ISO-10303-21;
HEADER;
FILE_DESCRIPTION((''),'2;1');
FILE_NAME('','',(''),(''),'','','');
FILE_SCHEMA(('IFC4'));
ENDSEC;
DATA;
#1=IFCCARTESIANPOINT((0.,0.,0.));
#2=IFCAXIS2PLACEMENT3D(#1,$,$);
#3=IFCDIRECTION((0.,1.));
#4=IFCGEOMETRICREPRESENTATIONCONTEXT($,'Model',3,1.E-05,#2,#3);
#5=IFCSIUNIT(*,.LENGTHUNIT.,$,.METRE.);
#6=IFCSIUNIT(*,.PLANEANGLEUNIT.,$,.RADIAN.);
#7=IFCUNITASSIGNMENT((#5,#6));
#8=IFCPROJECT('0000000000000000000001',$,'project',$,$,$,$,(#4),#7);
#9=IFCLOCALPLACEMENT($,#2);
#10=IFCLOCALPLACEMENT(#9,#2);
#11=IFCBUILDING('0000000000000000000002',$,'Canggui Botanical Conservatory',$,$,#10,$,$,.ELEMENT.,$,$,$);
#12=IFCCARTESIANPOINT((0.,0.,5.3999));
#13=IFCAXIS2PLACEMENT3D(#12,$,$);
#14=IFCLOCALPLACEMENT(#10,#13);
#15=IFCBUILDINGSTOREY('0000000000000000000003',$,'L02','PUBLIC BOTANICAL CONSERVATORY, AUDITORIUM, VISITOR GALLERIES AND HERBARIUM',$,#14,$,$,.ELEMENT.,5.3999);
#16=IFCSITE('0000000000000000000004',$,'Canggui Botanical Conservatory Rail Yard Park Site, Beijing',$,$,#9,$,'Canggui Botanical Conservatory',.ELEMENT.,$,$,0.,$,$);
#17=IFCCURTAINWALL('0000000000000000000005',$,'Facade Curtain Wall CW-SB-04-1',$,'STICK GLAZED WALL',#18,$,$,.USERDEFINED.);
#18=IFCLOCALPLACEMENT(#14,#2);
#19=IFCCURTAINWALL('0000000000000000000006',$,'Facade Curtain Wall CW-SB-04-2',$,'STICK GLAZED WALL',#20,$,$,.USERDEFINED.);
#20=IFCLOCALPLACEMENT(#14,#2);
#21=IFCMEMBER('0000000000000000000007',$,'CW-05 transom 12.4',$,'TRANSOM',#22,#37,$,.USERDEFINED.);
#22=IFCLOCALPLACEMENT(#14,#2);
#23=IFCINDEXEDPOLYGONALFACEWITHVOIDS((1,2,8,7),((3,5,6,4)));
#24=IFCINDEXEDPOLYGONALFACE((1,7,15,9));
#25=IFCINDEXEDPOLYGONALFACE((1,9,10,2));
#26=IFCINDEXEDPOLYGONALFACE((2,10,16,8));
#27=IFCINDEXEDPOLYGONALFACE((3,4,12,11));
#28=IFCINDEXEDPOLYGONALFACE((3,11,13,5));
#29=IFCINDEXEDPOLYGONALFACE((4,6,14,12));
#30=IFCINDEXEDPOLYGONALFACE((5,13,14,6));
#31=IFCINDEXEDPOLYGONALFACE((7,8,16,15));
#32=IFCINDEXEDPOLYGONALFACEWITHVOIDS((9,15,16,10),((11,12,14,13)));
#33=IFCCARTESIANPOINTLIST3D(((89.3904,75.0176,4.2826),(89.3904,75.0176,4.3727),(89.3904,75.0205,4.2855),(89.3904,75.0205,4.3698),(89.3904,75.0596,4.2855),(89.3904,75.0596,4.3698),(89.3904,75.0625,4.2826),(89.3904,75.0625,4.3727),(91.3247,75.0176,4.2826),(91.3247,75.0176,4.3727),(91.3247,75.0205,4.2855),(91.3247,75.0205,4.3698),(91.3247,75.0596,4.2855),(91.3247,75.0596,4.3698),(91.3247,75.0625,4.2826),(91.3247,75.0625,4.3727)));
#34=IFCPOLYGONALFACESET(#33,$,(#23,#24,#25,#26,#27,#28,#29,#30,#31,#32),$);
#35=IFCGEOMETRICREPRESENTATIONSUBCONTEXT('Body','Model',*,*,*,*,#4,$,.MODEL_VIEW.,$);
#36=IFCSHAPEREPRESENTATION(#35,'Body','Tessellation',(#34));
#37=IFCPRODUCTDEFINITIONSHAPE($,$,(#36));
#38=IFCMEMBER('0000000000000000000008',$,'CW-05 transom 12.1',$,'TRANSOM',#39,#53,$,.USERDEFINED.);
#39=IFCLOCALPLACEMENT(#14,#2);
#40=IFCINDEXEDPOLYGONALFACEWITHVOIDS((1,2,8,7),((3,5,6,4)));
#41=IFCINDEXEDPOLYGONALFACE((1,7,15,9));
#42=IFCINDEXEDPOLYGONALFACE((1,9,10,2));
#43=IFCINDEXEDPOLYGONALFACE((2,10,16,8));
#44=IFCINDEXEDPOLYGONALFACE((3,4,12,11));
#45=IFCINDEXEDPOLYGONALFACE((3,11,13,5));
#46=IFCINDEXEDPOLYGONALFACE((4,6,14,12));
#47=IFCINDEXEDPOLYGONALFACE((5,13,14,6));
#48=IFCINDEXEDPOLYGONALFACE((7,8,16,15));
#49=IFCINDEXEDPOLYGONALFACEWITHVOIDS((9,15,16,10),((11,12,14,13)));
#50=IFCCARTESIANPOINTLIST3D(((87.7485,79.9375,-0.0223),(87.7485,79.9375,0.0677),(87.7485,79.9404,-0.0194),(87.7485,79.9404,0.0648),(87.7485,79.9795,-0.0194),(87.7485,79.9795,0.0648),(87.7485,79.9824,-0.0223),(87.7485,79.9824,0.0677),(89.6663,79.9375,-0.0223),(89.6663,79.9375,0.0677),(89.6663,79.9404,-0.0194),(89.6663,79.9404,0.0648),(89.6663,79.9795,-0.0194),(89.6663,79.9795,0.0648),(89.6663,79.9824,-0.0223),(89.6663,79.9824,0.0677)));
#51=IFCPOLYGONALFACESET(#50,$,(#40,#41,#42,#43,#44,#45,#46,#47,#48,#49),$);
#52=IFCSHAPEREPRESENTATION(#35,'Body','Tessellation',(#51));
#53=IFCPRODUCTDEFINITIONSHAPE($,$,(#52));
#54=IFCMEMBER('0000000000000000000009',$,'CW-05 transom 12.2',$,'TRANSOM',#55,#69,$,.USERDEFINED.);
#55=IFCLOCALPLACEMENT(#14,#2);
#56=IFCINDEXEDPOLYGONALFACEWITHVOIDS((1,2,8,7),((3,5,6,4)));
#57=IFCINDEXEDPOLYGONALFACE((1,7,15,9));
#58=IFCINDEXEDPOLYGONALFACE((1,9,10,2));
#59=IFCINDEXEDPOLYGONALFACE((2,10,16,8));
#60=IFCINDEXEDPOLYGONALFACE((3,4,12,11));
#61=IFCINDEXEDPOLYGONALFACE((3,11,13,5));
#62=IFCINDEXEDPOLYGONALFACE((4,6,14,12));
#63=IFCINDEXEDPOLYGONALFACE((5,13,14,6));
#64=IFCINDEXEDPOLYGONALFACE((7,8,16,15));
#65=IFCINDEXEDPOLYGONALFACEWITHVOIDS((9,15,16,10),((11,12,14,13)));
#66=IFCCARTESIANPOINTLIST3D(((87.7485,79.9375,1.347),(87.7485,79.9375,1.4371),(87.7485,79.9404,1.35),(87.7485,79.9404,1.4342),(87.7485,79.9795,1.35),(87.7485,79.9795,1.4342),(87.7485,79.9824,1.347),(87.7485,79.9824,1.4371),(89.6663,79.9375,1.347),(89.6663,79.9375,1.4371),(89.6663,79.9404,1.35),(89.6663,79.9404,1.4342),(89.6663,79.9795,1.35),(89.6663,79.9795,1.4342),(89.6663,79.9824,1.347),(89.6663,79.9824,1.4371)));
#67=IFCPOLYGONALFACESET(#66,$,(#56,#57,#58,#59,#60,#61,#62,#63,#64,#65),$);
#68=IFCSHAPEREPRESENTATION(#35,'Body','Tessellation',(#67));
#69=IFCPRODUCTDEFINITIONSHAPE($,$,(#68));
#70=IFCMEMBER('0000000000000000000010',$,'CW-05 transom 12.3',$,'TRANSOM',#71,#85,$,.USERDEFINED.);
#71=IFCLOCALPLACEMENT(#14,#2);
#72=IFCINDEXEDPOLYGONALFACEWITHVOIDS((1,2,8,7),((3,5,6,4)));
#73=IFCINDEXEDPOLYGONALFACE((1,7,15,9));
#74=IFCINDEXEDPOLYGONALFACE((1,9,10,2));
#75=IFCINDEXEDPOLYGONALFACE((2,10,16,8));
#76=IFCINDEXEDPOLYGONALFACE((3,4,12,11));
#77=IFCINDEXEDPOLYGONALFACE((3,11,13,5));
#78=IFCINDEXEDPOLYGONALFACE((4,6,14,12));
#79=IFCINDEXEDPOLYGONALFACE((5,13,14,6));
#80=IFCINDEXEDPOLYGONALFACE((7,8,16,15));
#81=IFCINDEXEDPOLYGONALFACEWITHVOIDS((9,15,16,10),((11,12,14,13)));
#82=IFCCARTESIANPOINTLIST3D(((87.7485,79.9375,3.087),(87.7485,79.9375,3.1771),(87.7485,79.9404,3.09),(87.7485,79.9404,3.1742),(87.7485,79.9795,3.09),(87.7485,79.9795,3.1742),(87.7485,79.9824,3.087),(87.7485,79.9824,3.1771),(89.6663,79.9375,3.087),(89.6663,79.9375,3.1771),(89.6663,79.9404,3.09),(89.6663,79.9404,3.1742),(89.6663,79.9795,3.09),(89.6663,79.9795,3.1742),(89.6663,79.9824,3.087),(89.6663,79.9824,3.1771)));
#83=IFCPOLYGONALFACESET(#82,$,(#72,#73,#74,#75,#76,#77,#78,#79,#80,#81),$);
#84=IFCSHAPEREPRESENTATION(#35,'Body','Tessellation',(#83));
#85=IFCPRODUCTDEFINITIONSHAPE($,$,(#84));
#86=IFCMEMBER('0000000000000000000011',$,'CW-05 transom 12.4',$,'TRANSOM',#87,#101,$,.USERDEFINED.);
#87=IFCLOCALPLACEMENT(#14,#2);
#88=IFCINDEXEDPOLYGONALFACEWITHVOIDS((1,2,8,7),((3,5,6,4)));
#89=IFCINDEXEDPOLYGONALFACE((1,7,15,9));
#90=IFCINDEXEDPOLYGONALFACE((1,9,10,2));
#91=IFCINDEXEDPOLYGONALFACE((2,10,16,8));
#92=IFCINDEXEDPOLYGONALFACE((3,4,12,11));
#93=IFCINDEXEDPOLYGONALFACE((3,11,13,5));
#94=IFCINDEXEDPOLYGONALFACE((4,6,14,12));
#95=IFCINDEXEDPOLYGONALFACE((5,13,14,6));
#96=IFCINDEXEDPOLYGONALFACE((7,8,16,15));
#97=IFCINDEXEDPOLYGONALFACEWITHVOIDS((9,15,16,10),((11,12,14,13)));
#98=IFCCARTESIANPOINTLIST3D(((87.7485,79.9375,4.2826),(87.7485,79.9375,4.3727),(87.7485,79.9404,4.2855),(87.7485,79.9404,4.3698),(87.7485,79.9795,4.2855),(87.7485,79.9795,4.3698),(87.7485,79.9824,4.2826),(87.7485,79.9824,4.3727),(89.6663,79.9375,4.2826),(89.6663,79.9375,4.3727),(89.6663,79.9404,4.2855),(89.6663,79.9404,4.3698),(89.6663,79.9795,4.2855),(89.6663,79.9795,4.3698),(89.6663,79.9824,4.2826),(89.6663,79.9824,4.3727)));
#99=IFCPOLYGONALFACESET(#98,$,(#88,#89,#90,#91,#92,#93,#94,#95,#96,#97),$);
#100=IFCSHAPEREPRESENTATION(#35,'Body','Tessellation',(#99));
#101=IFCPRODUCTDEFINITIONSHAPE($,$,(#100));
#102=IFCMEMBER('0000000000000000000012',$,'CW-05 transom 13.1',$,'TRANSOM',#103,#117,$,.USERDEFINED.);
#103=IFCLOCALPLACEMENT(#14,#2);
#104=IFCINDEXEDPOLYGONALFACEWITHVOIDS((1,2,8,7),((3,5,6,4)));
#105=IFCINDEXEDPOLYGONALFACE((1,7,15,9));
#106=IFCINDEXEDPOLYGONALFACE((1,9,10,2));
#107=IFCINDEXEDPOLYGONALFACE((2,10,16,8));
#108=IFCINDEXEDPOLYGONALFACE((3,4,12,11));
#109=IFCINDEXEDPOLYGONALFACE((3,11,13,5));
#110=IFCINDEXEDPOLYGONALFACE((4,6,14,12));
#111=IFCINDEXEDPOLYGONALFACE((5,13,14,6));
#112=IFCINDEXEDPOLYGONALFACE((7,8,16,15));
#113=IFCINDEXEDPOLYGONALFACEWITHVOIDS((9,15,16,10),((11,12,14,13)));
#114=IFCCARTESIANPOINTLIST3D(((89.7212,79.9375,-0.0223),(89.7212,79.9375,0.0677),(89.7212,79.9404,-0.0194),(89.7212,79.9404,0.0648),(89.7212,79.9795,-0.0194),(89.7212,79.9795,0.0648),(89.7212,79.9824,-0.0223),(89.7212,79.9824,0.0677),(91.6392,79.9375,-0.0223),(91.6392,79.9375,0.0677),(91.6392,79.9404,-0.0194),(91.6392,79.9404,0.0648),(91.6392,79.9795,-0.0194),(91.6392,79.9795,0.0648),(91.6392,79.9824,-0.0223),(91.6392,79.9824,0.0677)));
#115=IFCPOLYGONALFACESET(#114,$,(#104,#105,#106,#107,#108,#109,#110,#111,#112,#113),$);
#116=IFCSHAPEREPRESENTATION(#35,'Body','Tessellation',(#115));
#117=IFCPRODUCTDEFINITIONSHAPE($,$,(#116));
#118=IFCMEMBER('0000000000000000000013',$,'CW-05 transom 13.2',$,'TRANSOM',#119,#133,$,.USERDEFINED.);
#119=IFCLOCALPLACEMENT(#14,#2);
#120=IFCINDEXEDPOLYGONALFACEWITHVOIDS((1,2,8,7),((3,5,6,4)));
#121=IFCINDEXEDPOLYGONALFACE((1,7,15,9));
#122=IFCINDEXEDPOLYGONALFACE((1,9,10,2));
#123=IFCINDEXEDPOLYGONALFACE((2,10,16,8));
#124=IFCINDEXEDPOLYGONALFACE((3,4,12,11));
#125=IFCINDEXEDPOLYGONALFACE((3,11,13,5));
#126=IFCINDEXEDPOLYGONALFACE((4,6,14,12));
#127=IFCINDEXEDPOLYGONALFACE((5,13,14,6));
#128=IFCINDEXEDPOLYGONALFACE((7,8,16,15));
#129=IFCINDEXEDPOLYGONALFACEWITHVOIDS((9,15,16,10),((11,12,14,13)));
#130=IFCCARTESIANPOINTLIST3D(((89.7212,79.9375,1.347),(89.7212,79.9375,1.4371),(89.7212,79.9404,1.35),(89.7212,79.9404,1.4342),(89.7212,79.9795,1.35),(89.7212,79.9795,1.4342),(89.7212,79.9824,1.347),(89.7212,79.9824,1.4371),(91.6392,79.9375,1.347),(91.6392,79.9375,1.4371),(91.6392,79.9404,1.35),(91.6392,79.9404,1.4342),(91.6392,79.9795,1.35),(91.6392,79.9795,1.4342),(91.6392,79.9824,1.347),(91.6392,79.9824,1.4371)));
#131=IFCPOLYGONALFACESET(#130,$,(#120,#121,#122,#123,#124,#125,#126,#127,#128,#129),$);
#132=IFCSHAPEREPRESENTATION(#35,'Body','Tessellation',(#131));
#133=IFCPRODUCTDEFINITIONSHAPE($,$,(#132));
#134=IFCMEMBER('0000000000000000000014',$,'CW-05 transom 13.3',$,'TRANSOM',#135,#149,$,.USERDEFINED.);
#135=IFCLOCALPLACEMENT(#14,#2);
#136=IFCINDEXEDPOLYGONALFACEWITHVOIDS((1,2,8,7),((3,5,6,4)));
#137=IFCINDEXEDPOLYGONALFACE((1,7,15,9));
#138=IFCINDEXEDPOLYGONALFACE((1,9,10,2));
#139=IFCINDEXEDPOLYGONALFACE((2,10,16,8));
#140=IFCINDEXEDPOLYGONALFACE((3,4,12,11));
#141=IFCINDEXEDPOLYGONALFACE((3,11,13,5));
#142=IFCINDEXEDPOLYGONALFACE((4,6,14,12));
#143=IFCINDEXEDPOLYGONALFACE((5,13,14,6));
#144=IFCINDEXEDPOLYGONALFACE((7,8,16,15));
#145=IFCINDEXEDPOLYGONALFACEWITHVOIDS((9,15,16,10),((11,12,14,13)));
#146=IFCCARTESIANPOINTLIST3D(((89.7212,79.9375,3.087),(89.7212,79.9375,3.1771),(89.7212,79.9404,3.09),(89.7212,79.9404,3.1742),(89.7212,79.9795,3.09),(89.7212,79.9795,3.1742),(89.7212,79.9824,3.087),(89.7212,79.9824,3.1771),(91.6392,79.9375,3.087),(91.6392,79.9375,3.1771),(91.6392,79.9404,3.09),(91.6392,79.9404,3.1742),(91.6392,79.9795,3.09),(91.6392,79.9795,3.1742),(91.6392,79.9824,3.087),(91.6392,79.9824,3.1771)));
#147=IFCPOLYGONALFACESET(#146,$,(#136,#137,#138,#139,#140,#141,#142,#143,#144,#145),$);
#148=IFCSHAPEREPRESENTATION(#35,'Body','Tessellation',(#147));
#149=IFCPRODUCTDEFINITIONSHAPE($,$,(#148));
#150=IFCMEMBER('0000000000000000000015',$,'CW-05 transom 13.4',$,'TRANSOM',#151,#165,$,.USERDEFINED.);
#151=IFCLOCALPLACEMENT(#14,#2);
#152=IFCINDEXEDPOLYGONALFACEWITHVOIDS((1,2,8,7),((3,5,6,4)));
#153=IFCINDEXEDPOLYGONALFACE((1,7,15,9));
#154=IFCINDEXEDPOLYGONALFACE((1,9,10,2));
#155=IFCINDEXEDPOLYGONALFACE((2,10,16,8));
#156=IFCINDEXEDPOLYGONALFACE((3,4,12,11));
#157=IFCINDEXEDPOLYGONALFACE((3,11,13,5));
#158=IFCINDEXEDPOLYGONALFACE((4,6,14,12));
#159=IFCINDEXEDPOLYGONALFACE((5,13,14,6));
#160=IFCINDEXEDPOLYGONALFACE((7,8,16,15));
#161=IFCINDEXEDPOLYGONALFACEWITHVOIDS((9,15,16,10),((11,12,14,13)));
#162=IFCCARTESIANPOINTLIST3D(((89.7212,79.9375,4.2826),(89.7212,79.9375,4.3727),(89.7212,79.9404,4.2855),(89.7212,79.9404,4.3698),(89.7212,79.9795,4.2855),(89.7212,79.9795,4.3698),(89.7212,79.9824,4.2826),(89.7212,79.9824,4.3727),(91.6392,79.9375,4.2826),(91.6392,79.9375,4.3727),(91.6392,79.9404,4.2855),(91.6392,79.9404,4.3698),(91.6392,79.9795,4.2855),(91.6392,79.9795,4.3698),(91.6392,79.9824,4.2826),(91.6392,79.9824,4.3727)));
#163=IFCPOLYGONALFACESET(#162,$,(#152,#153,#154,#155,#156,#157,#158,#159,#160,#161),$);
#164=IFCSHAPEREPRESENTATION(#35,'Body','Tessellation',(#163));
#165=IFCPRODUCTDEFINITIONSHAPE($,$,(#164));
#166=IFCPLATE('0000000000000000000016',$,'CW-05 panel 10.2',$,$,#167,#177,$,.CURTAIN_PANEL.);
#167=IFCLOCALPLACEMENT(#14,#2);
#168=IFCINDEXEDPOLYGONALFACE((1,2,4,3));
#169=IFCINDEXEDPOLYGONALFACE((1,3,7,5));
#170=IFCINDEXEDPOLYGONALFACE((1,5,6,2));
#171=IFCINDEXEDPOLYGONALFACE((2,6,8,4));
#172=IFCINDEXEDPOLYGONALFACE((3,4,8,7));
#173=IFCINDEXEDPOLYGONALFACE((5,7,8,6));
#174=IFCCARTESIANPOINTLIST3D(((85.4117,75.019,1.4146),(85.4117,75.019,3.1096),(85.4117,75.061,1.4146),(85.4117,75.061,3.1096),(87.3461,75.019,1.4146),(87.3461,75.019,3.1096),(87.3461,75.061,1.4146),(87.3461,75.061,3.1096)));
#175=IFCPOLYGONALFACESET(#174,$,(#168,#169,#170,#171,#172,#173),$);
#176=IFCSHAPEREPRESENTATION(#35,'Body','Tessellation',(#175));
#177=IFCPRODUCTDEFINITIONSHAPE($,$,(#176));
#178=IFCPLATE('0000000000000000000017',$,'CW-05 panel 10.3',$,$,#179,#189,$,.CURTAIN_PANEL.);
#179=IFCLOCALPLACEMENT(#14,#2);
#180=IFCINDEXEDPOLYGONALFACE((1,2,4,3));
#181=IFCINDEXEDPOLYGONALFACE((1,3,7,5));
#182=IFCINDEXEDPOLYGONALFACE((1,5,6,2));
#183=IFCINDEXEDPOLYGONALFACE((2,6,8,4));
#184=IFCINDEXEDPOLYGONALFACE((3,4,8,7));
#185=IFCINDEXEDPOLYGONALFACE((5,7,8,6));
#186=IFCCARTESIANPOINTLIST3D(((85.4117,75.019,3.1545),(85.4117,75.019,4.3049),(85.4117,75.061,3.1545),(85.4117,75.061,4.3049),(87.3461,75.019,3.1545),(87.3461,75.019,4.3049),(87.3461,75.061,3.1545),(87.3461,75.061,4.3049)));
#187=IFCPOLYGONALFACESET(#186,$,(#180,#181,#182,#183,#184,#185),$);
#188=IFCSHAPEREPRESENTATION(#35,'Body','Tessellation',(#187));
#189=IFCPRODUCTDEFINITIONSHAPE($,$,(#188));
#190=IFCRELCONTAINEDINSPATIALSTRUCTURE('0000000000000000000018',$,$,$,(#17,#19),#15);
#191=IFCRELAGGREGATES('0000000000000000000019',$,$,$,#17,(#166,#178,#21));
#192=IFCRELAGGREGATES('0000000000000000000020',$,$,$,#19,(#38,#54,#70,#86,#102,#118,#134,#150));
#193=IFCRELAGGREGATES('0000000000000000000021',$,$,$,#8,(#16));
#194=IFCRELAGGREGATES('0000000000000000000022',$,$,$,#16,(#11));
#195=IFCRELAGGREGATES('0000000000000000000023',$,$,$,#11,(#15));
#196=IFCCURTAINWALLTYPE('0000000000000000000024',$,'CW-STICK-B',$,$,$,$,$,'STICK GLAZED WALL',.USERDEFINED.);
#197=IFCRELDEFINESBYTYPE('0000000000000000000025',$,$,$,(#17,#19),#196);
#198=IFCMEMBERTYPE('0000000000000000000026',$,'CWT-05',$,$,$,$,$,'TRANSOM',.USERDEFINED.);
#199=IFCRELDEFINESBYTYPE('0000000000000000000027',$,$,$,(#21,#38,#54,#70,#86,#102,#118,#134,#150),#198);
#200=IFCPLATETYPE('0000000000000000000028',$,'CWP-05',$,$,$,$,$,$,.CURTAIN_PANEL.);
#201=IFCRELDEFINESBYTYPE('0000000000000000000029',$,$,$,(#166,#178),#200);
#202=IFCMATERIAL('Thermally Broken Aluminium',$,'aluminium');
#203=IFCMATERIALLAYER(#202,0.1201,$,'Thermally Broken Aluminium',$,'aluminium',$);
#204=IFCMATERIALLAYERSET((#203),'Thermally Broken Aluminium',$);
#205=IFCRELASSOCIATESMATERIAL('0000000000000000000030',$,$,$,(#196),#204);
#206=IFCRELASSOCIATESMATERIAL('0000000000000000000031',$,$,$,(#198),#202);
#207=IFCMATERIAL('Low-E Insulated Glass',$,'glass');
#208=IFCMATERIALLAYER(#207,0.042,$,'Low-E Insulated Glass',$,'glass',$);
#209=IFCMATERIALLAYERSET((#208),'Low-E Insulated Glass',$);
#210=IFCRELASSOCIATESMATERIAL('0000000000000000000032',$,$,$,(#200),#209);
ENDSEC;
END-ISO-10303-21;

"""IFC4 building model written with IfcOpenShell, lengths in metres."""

from ifc_helpers import new_model, si_unit, direction, frame, origin, origin_2d, place, context, subcontext, project, spatial, rectangle, hollow_rectangle, extrude, material, layer, layer_set, material_profile, profile_set, type_object, element, aggregate, save


model = new_model("IFC4")

# Units and contexts
model_context = context("Model", 3, precision=1e-05, world=origin(), true_north=direction((0.0, 1.0)))
body_context = subcontext(model_context, "Body", "Model", "MODEL_VIEW")
ifc_project = project(units=[si_unit("LENGTHUNIT", "METRE"), si_unit("PLANEANGLEUNIT", "RADIAN")], contexts=[model_context])

# Site, building, storey
site_placement = place(None, origin())
site = spatial("IfcSite", under=ifc_project, at=site_placement, Name="Canggui Botanical Conservatory Rail Yard Park Site, Beijing", LongName="Canggui Botanical Conservatory", CompositionType="ELEMENT", RefElevation=0.0)
building_placement = place(site_placement, origin())
building = spatial("IfcBuilding", under=site, at=building_placement, Name="Canggui Botanical Conservatory", CompositionType="ELEMENT")
storey_placement = place(building_placement, frame((0.0, 0.0, 5.3999)))
storey = spatial("IfcBuildingStorey", under=building, at=storey_placement, Name="L02", Description="PUBLIC BOTANICAL CONSERVATORY, AUDITORIUM, VISITOR GALLERIES AND HERBARIUM", CompositionType="ELEMENT", Elevation=5.3999)

# Curtain walls
ifc_material_1 = material(Name="Thermally Broken Aluminium", Category="aluminium")
ifc_layer_1 = layer(ifc_material_1, 0.1201, Name="Thermally Broken Aluminium", Category="aluminium")
ifc_layer_set_1 = layer_set([ifc_layer_1], Name="Thermally Broken Aluminium")
curtain_wall_type = type_object("IfcCurtainWallType", Name="CW-STICK-B", ElementType="STICK GLAZED WALL", PredefinedType="USERDEFINED", material=ifc_layer_set_1)
curtain_wall_1_placement = place(storey_placement, origin())
curtain_wall_1 = element("IfcCurtainWall", 1, at=curtain_wall_1_placement, inside=storey, type_object=curtain_wall_type, Name="Facade Curtain Wall CW-SB-04-1", ObjectType="STICK GLAZED WALL", PredefinedType="USERDEFINED")
curtain_wall_2_placement = place(storey_placement, origin())
curtain_wall_2 = element("IfcCurtainWall", 2, at=curtain_wall_2_placement, inside=storey, type_object=curtain_wall_type, Name="Facade Curtain Wall CW-SB-04-2", ObjectType="STICK GLAZED WALL", PredefinedType="USERDEFINED")

# Members
ifc_material_profile_1 = material_profile(ifc_material_1, hollow_rectangle(XDim=0.0449, YDim=0.0901, WallThickness=0.0029, at=origin_2d()), Name="CWT 45x90x3")
ifc_profile_set_1 = profile_set([ifc_material_profile_1], Name="Thermally Broken Aluminium")
member_type_1 = type_object("IfcMemberType", Name="CWT-05", ElementType="TRANSOM", PredefinedType="USERDEFINED", material=ifc_profile_set_1)
member_1_placement = place(storey_placement, frame((89.3904, 75.04, 4.3276), z_axis=(1.0, 0.0, 0.0), x_axis=(0.0, 1.0, 0.0)))
member_1 = element("IfcMember", 3, at=member_1_placement, type_object=member_type_1, Name="CW-05 transom 12.4", ObjectType="TRANSOM", PredefinedType="USERDEFINED", context=body_context, shape_type="SweptSolid", body=[
    extrude(hollow_rectangle(XDim=0.0449, YDim=0.0901, WallThickness=0.0029, at=origin_2d()), origin(), (0.0, 0.0, 1.0), 1.9343),
])
member_2_placement = place(storey_placement, frame((87.7485, 79.96, 0.0227), z_axis=(1.0, 0.0, 0.0), x_axis=(0.0, 1.0, 0.0)))
member_2 = element("IfcMember", 4, at=member_2_placement, type_object=member_type_1, Name="CW-05 transom 12.1", ObjectType="TRANSOM", PredefinedType="USERDEFINED", context=body_context, shape_type="SweptSolid", body=[
    extrude(hollow_rectangle(XDim=0.0449, YDim=0.0901, WallThickness=0.0029, at=origin_2d()), origin(), (0.0, 0.0, 1.0), 1.9177),
])
member_3_placement = place(storey_placement, frame((87.7485, 79.96, 1.3921), z_axis=(1.0, 0.0, 0.0), x_axis=(0.0, 1.0, 0.0)))
member_3 = element("IfcMember", 5, at=member_3_placement, type_object=member_type_1, Name="CW-05 transom 12.2", ObjectType="TRANSOM", PredefinedType="USERDEFINED", context=body_context, shape_type="SweptSolid", body=[
    extrude(hollow_rectangle(XDim=0.0449, YDim=0.0901, WallThickness=0.0029, at=origin_2d()), origin(), (0.0, 0.0, 1.0), 1.9177),
])
member_4_placement = place(storey_placement, frame((87.7485, 79.96, 3.1321), z_axis=(1.0, 0.0, 0.0), x_axis=(0.0, 1.0, 0.0)))
member_4 = element("IfcMember", 6, at=member_4_placement, type_object=member_type_1, Name="CW-05 transom 12.3", ObjectType="TRANSOM", PredefinedType="USERDEFINED", context=body_context, shape_type="SweptSolid", body=[
    extrude(hollow_rectangle(XDim=0.0449, YDim=0.0901, WallThickness=0.0029, at=origin_2d()), origin(), (0.0, 0.0, 1.0), 1.9177),
])
member_5_placement = place(storey_placement, frame((87.7485, 79.96, 4.3276), z_axis=(1.0, 0.0, 0.0), x_axis=(0.0, 1.0, 0.0)))
member_5 = element("IfcMember", 7, at=member_5_placement, type_object=member_type_1, Name="CW-05 transom 12.4", ObjectType="TRANSOM", PredefinedType="USERDEFINED", context=body_context, shape_type="SweptSolid", body=[
    extrude(hollow_rectangle(XDim=0.0449, YDim=0.0901, WallThickness=0.0029, at=origin_2d()), origin(), (0.0, 0.0, 1.0), 1.9177),
])
member_6_placement = place(storey_placement, frame((89.7212, 79.96, 0.0227), z_axis=(1.0, 0.0, 0.0), x_axis=(0.0, 1.0, 0.0)))
member_6 = element("IfcMember", 8, at=member_6_placement, type_object=member_type_1, Name="CW-05 transom 13.1", ObjectType="TRANSOM", PredefinedType="USERDEFINED", context=body_context, shape_type="SweptSolid", body=[
    extrude(hollow_rectangle(XDim=0.0449, YDim=0.0901, WallThickness=0.0029, at=origin_2d()), origin(), (0.0, 0.0, 1.0), 1.918),
])
member_7_placement = place(storey_placement, frame((89.7212, 79.96, 1.3921), z_axis=(1.0, 0.0, 0.0), x_axis=(0.0, 1.0, 0.0)))
member_7 = element("IfcMember", 9, at=member_7_placement, type_object=member_type_1, Name="CW-05 transom 13.2", ObjectType="TRANSOM", PredefinedType="USERDEFINED", context=body_context, shape_type="SweptSolid", body=[
    extrude(hollow_rectangle(XDim=0.0449, YDim=0.0901, WallThickness=0.0029, at=origin_2d()), origin(), (0.0, 0.0, 1.0), 1.918),
])
member_8_placement = place(storey_placement, frame((89.7212, 79.96, 3.1321), z_axis=(1.0, 0.0, 0.0), x_axis=(0.0, 1.0, 0.0)))
member_8 = element("IfcMember", 10, at=member_8_placement, type_object=member_type_1, Name="CW-05 transom 13.3", ObjectType="TRANSOM", PredefinedType="USERDEFINED", context=body_context, shape_type="SweptSolid", body=[
    extrude(hollow_rectangle(XDim=0.0449, YDim=0.0901, WallThickness=0.0029, at=origin_2d()), origin(), (0.0, 0.0, 1.0), 1.918),
])
member_9_placement = place(storey_placement, frame((89.7212, 79.96, 4.3276), z_axis=(1.0, 0.0, 0.0), x_axis=(0.0, 1.0, 0.0)))
member_9 = element("IfcMember", 11, at=member_9_placement, type_object=member_type_1, Name="CW-05 transom 13.4", ObjectType="TRANSOM", PredefinedType="USERDEFINED", context=body_context, shape_type="SweptSolid", body=[
    extrude(hollow_rectangle(XDim=0.0449, YDim=0.0901, WallThickness=0.0029, at=origin_2d()), origin(), (0.0, 0.0, 1.0), 1.918),
])

# Plates
ifc_material_2 = material(Name="Low-E Insulated Glass", Category="glass")
ifc_layer_2 = layer(ifc_material_2, 0.042, Name="Low-E Insulated Glass", Category="glass")
ifc_layer_set_2 = layer_set([ifc_layer_2], Name="Low-E Insulated Glass")
plate_type = type_object("IfcPlateType", Name="CWP-05", PredefinedType="CURTAIN_PANEL", material=ifc_layer_set_2)
plate_1_placement = place(storey_placement, frame((86.3789, 75.04, 1.4146), z_axis=(0.0, 0.0, 1.0), x_axis=(1.0, 0.0, 0.0)))
plate_1 = element("IfcPlate", 12, at=plate_1_placement, type_object=plate_type, Name="CW-05 panel 10.2", PredefinedType="CURTAIN_PANEL", context=body_context, shape_type="SweptSolid", body=[
    extrude(rectangle(XDim=1.9343, YDim=0.042, at=origin_2d()), origin(), (0.0, 0.0, 1.0), 1.6951),
])
plate_2_placement = place(storey_placement, frame((86.3789, 75.04, 3.1545), z_axis=(0.0, 0.0, 1.0), x_axis=(1.0, 0.0, 0.0)))
plate_2 = element("IfcPlate", 13, at=plate_2_placement, type_object=plate_type, Name="CW-05 panel 10.3", PredefinedType="CURTAIN_PANEL", context=body_context, shape_type="SweptSolid", body=[
    extrude(rectangle(XDim=1.9343, YDim=0.042, at=origin_2d()), origin(), (0.0, 0.0, 1.0), 1.1504),
])
aggregate(curtain_wall_1, [plate_1, plate_2, member_1])
aggregate(curtain_wall_2, [member_2, member_3, member_4, member_5, member_6, member_7, member_8, member_9])

save(model, "model.ifc")
